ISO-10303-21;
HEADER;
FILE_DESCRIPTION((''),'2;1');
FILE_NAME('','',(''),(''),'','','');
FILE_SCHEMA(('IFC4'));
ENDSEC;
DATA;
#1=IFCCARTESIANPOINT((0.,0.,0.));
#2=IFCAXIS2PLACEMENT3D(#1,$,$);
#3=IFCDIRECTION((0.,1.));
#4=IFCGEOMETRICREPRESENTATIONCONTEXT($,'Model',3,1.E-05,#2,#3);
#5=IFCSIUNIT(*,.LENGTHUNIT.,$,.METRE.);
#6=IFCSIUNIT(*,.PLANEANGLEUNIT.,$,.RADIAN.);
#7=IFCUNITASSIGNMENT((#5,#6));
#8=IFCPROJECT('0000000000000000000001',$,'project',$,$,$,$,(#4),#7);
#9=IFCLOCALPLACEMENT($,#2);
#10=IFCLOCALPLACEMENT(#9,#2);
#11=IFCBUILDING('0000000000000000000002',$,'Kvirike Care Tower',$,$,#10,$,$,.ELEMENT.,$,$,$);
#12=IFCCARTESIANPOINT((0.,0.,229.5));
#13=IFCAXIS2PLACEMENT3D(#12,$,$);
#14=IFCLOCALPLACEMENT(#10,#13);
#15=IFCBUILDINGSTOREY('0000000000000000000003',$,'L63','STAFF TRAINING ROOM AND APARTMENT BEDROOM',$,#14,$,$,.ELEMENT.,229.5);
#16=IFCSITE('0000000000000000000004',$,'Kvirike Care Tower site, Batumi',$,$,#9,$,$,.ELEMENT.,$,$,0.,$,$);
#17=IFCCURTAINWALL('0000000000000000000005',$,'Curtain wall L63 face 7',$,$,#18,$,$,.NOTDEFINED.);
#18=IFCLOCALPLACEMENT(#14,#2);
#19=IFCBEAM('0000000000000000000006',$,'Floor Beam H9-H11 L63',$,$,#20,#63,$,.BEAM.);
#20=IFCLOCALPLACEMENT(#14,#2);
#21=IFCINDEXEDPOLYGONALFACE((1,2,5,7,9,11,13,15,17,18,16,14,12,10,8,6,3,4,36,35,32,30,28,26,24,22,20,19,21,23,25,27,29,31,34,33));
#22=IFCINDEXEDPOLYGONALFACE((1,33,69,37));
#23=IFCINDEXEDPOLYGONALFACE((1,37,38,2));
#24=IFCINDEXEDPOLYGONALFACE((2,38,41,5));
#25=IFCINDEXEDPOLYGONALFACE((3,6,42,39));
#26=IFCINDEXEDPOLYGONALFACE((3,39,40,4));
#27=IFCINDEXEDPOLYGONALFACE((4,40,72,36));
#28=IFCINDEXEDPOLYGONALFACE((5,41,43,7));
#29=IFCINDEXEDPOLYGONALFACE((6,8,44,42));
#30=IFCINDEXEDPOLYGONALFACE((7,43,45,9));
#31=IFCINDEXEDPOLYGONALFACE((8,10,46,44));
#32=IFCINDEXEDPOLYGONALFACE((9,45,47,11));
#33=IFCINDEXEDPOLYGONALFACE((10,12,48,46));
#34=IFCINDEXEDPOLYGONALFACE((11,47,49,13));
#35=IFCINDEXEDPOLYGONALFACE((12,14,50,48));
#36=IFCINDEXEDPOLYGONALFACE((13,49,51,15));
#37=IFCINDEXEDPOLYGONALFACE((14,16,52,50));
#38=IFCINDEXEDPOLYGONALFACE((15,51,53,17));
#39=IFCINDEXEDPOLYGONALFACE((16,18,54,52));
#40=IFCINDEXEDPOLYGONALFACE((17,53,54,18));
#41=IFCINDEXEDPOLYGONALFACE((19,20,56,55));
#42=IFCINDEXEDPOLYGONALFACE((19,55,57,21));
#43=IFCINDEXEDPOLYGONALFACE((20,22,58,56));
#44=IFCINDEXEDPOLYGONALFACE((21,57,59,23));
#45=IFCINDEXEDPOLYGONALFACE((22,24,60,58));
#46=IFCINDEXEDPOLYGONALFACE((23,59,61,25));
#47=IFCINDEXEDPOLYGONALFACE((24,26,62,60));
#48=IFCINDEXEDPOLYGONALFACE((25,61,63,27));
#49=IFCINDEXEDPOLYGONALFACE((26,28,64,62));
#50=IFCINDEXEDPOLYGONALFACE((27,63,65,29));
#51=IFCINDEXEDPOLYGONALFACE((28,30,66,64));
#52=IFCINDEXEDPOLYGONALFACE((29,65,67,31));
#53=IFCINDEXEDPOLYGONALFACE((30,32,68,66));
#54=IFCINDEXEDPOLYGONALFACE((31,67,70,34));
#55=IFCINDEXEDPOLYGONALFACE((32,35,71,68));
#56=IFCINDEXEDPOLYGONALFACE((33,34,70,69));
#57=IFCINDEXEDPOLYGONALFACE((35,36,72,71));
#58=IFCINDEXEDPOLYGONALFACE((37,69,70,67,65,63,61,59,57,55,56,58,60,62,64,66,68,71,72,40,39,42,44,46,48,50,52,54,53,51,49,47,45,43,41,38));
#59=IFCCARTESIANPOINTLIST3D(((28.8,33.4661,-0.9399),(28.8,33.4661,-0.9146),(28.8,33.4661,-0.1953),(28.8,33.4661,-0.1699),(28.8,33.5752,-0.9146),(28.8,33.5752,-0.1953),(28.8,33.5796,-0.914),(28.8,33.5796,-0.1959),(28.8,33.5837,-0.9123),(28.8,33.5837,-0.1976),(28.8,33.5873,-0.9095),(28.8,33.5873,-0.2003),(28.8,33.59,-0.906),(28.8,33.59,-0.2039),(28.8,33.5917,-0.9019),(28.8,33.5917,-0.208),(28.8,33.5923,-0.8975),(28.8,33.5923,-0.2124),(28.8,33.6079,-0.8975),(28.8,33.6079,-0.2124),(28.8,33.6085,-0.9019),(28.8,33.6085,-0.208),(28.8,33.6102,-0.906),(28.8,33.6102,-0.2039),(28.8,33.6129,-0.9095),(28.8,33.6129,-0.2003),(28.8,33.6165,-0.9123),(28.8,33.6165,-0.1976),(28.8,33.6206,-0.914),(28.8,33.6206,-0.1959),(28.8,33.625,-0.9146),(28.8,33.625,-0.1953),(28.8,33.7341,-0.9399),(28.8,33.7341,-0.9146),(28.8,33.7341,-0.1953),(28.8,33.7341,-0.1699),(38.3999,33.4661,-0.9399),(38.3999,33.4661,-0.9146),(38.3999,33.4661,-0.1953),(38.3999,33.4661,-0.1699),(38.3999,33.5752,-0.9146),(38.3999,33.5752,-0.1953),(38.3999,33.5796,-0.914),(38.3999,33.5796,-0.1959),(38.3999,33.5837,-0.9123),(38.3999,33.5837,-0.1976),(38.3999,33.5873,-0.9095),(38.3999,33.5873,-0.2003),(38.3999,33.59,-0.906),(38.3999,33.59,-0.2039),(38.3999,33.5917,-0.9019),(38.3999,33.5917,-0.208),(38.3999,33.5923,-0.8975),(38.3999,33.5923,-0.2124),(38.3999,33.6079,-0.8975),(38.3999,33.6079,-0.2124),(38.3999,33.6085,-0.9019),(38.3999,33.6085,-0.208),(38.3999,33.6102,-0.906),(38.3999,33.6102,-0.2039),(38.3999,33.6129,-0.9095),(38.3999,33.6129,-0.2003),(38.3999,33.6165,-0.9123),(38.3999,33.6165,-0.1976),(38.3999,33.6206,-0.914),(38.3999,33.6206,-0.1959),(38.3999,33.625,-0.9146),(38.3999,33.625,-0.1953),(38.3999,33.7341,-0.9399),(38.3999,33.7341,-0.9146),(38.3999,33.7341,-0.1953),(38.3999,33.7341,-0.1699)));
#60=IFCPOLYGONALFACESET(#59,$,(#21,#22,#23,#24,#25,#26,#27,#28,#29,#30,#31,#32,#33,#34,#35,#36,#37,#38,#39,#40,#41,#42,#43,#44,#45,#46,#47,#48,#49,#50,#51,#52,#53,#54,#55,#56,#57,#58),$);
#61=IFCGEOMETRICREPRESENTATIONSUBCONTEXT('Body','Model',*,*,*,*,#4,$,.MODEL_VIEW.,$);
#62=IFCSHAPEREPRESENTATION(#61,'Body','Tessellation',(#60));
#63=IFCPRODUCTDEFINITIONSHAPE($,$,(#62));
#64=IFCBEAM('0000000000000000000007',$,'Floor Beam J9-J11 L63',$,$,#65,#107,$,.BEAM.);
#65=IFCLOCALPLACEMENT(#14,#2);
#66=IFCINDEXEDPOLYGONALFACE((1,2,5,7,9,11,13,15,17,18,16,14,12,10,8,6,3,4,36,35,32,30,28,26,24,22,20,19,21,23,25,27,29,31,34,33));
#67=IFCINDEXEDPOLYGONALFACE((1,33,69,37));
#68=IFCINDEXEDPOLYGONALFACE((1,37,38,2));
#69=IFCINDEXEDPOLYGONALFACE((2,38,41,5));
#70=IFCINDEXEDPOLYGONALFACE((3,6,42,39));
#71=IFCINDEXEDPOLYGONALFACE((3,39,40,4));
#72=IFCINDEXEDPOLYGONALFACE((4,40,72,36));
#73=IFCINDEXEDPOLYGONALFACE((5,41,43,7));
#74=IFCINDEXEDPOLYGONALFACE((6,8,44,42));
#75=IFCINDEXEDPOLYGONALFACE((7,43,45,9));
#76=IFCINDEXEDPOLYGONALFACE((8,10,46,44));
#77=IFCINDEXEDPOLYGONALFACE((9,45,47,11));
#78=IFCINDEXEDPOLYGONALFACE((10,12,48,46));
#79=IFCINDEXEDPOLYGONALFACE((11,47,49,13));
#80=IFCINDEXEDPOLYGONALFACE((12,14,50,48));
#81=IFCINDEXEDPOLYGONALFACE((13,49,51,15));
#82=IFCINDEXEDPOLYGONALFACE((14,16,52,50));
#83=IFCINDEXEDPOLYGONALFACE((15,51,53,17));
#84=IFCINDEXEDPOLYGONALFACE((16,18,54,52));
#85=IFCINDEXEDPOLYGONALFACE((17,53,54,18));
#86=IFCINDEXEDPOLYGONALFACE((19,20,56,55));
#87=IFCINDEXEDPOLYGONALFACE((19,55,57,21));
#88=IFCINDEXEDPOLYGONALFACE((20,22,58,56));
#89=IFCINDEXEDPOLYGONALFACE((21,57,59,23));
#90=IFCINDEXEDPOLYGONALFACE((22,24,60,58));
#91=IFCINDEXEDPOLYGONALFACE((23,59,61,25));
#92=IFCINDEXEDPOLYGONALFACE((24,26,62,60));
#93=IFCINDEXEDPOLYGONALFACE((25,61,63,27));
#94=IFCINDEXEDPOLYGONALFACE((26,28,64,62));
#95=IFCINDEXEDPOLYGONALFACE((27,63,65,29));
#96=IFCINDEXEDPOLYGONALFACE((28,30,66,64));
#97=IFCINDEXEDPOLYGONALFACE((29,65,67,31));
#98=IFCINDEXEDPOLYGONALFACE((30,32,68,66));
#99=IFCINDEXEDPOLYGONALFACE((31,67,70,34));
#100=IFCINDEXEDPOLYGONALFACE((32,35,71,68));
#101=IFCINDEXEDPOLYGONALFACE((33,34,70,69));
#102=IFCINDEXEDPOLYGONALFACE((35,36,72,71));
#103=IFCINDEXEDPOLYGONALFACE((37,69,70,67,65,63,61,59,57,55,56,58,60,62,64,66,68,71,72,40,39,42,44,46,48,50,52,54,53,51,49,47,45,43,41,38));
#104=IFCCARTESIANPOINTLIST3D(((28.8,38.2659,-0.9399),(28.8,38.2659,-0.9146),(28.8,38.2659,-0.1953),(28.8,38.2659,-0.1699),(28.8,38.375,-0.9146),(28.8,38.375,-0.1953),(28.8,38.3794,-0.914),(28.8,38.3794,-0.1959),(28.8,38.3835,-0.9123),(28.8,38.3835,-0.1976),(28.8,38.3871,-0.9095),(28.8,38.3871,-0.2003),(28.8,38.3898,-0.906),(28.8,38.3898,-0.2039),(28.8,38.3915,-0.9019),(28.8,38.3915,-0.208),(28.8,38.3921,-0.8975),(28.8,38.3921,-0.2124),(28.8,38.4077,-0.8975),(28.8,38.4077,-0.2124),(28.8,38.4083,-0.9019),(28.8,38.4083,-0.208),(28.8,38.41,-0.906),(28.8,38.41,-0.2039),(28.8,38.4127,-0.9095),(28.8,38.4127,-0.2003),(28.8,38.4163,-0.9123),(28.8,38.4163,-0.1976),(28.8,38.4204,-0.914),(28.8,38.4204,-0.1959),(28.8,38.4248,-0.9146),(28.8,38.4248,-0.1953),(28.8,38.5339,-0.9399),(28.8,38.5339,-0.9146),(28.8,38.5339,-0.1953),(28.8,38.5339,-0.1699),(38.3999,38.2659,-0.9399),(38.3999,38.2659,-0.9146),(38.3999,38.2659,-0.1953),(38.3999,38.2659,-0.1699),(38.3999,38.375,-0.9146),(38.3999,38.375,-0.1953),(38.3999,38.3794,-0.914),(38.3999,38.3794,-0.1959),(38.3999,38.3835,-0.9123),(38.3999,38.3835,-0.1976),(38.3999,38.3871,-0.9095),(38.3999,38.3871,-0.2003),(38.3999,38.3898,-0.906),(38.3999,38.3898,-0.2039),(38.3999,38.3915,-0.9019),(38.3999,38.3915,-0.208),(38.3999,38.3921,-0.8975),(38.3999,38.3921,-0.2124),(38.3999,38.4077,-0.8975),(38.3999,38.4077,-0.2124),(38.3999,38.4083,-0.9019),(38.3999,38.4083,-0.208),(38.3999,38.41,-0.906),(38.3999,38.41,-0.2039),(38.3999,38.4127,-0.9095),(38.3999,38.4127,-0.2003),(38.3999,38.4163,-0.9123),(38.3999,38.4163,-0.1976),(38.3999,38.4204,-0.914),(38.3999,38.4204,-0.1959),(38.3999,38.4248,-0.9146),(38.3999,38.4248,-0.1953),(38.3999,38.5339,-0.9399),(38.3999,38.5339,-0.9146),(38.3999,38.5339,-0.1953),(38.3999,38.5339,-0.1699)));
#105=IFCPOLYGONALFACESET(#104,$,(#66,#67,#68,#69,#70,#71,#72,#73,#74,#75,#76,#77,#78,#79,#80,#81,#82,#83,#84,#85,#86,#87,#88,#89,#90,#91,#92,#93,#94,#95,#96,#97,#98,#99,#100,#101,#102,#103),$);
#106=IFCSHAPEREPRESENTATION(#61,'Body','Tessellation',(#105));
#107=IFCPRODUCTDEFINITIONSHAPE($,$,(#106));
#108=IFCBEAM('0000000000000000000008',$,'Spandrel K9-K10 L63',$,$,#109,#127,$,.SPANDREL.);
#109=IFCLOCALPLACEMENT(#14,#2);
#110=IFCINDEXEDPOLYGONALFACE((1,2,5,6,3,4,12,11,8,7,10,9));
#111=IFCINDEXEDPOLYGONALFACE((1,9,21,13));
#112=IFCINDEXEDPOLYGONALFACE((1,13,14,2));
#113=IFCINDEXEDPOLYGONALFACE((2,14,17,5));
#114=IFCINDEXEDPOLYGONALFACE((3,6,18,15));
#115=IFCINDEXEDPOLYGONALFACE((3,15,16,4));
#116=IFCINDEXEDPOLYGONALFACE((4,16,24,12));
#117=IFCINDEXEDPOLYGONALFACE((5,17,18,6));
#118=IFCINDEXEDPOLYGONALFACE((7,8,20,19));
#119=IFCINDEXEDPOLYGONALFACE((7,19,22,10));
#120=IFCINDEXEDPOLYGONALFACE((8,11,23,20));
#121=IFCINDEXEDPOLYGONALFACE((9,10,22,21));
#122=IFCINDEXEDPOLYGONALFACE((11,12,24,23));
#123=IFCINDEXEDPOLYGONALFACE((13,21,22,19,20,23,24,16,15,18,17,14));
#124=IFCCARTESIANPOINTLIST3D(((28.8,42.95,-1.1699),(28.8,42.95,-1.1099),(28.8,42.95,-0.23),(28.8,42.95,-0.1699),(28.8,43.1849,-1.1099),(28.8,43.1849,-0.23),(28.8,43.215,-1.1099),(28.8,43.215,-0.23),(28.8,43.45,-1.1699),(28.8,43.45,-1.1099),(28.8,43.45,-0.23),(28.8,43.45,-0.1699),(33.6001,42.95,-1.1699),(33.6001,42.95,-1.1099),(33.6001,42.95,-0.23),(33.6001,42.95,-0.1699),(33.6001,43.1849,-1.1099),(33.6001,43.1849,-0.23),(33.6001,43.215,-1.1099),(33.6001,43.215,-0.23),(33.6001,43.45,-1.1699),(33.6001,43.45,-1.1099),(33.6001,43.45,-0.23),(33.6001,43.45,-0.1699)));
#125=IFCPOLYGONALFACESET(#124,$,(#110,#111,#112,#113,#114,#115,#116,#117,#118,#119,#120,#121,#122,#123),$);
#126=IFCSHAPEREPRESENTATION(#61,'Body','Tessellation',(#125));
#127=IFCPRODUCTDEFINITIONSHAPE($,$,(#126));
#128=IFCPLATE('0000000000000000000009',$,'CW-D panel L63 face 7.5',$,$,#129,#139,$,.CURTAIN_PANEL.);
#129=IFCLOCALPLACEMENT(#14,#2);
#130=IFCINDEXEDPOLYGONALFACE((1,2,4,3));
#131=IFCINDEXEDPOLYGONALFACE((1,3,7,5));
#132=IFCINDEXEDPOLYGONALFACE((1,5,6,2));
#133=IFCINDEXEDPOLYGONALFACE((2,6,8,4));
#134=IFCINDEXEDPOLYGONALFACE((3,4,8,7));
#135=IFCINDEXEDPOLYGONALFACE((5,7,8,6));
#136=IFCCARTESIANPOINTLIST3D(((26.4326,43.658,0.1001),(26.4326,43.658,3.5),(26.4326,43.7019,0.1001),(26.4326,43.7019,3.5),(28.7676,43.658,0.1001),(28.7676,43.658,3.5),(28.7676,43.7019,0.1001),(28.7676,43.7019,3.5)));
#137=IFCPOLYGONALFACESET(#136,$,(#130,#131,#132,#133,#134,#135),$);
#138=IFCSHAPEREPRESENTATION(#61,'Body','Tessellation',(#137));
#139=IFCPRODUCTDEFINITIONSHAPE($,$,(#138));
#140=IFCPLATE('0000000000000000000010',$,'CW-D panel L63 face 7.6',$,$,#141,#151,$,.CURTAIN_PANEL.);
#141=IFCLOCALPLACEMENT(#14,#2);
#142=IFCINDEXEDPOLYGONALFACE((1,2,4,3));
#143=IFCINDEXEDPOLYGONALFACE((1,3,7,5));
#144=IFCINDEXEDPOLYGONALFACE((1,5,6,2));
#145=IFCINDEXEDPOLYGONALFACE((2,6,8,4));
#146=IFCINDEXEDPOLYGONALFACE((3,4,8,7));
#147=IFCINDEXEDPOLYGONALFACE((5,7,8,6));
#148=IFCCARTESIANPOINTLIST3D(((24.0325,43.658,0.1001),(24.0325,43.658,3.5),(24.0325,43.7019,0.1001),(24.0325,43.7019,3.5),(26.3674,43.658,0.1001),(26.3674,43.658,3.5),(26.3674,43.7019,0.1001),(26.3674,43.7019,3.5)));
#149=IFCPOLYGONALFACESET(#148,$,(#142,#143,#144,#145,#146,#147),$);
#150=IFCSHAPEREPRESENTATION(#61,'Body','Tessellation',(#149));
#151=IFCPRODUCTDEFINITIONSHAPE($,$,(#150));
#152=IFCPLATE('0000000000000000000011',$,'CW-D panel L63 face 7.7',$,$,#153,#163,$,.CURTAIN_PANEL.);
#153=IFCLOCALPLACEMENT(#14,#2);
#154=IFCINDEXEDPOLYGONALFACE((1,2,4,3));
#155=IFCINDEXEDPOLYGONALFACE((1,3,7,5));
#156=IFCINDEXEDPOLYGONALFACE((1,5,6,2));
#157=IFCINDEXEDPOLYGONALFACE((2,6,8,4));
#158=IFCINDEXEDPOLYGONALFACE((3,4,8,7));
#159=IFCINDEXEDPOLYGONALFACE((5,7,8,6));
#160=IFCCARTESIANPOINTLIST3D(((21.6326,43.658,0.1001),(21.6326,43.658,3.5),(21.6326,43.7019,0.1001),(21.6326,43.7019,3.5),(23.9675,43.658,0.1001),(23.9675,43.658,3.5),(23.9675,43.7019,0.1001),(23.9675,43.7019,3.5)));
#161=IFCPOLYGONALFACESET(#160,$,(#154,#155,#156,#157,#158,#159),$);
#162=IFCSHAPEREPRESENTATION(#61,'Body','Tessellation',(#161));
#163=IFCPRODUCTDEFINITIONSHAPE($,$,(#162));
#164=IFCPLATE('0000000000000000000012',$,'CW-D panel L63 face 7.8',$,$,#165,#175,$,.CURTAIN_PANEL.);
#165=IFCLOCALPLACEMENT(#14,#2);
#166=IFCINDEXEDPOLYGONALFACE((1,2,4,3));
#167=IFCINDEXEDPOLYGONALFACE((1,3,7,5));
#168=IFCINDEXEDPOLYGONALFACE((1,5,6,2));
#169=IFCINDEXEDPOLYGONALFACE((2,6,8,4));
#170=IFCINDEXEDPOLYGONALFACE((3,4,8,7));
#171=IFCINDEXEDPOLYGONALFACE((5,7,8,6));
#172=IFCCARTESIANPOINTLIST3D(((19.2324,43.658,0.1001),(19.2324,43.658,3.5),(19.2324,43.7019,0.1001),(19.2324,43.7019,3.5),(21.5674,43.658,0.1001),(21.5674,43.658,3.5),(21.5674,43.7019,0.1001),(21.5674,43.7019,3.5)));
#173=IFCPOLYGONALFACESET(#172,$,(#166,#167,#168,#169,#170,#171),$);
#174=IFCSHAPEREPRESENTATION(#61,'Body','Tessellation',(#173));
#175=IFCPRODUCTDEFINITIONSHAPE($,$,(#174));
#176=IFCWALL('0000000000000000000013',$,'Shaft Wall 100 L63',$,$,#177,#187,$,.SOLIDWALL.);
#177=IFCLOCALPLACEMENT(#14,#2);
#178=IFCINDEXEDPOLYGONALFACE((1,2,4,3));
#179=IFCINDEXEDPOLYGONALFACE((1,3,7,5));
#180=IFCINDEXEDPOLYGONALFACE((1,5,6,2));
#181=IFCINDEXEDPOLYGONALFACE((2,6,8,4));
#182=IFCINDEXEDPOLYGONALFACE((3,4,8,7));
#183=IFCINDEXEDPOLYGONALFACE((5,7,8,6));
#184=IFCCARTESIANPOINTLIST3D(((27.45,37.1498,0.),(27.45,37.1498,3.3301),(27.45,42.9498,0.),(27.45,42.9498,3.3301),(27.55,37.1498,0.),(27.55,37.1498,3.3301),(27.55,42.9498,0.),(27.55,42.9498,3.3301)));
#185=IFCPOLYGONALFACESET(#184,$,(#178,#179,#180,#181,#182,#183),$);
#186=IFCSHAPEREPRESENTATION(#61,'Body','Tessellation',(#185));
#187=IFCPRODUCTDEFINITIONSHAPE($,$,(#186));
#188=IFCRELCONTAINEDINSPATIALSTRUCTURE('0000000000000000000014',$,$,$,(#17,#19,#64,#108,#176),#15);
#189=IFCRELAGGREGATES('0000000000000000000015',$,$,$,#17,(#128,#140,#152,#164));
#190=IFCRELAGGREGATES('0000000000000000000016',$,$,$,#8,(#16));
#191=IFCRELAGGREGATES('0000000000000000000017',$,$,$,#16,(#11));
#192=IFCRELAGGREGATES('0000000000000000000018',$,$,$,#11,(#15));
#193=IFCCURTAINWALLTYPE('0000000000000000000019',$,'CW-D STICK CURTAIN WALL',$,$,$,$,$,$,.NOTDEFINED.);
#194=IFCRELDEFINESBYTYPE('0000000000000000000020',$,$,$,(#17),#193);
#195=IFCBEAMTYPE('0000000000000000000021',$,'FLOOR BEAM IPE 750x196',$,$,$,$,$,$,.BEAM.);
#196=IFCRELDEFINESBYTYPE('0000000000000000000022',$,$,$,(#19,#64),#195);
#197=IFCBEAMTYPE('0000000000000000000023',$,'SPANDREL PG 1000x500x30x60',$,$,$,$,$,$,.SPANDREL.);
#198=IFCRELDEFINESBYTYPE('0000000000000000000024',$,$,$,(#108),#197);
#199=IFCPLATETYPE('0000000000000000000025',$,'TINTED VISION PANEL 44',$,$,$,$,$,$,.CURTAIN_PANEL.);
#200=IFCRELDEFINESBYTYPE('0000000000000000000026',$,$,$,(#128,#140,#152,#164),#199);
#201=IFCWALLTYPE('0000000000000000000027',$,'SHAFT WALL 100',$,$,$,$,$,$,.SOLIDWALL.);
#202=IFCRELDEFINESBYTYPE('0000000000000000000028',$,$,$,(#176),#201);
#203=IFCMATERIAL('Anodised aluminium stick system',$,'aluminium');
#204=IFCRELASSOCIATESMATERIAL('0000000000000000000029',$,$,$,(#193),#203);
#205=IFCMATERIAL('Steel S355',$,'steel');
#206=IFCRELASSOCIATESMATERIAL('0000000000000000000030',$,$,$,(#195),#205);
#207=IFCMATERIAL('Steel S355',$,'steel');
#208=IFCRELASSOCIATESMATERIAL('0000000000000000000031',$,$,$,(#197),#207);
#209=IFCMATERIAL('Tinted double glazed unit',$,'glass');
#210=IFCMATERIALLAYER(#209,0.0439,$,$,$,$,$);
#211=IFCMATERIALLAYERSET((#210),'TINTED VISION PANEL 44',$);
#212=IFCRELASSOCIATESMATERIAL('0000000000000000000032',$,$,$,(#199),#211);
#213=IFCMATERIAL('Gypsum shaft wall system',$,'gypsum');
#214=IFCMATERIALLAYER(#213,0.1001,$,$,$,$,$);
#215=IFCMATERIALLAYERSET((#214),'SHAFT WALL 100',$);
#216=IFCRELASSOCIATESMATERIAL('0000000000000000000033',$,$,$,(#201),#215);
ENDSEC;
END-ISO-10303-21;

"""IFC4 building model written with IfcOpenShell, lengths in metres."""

from ifc_helpers import new_model, si_unit, direction, frame, frame_2d, origin, origin_2d, place, context, subcontext, project, spatial, rectangle, i_section, extrude, material, layer, layer_set, material_profile, profile_set, type_object, element, aggregate, save


model = new_model("IFC4")

# Units and contexts
model_context = context("Model", 3, precision=1e-05, world=origin(), true_north=direction((0.0, 1.0)))
body_context = subcontext(model_context, "Body", "Model", "MODEL_VIEW")
ifc_project = project(units=[si_unit("LENGTHUNIT", "METRE"), si_unit("PLANEANGLEUNIT", "RADIAN")], contexts=[model_context])

# Site, building, storey
site_placement = place(None, origin())
site = spatial("IfcSite", under=ifc_project, at=site_placement, Name="Kvirike Care Tower site, Batumi", CompositionType="ELEMENT", RefElevation=0.0)
building_placement = place(site_placement, origin())
building = spatial("IfcBuilding", under=site, at=building_placement, Name="Kvirike Care Tower", CompositionType="ELEMENT")
storey_placement = place(building_placement, frame((0.0, 0.0, 229.5)))
storey = spatial("IfcBuildingStorey", under=building, at=storey_placement, Name="L63", Description="STAFF TRAINING ROOM AND APARTMENT BEDROOM", CompositionType="ELEMENT", Elevation=229.5)

# Curtain wall
ifc_material_1 = material(Name="Anodised aluminium stick system", Category="aluminium")
curtain_wall_type = type_object("IfcCurtainWallType", Name="CW-D STICK CURTAIN WALL", PredefinedType="NOTDEFINED", material=ifc_material_1)
curtain_wall_placement = place(storey_placement, origin())
curtain_wall = element("IfcCurtainWall", 1, at=curtain_wall_placement, inside=storey, type_object=curtain_wall_type, Name="Curtain wall L63 face 7", PredefinedType="NOTDEFINED")

# Beams
ifc_material_2 = material(Name="Steel S355", Category="steel")
ifc_material_profile_1 = material_profile(ifc_material_2, i_section(OverallWidth=0.2681, OverallDepth=0.77, WebThickness=0.0156, FlangeThickness=0.0254, FilletRadius=0.0171, at=origin_2d()), Name="IPE 750x196")
ifc_profile_set_1 = profile_set([ifc_material_profile_1], Name="Steel S355")
beam_type_1 = type_object("IfcBeamType", Name="FLOOR BEAM IPE 750x196", PredefinedType="BEAM", material=ifc_profile_set_1)
for number, where, z_axis, x_axis, name in (
    (2, (28.8, 33.6001, -0.5549), (1.0, 0.0, 0.0), (0.0, 1.0, 0.0), "Floor Beam H9-H11 L63"),
    (3, (28.8, 38.3999, -0.5549), (1.0, 0.0, 0.0), (0.0, 1.0, 0.0), "Floor Beam J9-J11 L63"),
):
    element("IfcBeam", number, at=place(storey_placement, frame(where, z_axis=z_axis, x_axis=x_axis)), inside=storey, type_object=beam_type_1, Name=name, PredefinedType="BEAM", context=body_context, shape_type="SweptSolid", body=[
        extrude(i_section(OverallWidth=0.2681, OverallDepth=0.77, WebThickness=0.0156, FlangeThickness=0.0254, FilletRadius=0.0171, at=origin_2d()), origin(), (0.0, 0.0, 1.0), 9.5999),
    ])
ifc_material_3 = material(Name="Steel S355", Category="steel")
ifc_material_profile_2 = material_profile(ifc_material_3, i_section(OverallWidth=0.5, OverallDepth=1.0, WebThickness=0.03, FlangeThickness=0.0601, at=origin_2d()), Name="PG 1000x500x30x60")
ifc_profile_set_2 = profile_set([ifc_material_profile_2], Name="Steel S355")
beam_type_2 = type_object("IfcBeamType", Name="SPANDREL PG 1000x500x30x60", PredefinedType="SPANDREL", material=ifc_profile_set_2)
beam_placement = place(storey_placement, frame((28.8, 43.2, -0.6699), z_axis=(1.0, 0.0, 0.0), x_axis=(0.0, 1.0, 0.0)))
element("IfcBeam", 4, at=beam_placement, inside=storey, type_object=beam_type_2, Name="Spandrel K9-K10 L63", PredefinedType="SPANDREL", context=body_context, shape_type="SweptSolid", body=[
    extrude(i_section(OverallWidth=0.5, OverallDepth=1.0, WebThickness=0.03, FlangeThickness=0.0601, at=origin_2d()), origin(), (0.0, 0.0, 1.0), 4.8),
])

# Plates
ifc_material_4 = material(Name="Tinted double glazed unit", Category="glass")
ifc_layer_1 = layer(ifc_material_4, 0.0439)
ifc_layer_set_1 = layer_set([ifc_layer_1], Name="TINTED VISION PANEL 44")
plate_type = type_object("IfcPlateType", Name="TINTED VISION PANEL 44", PredefinedType="CURTAIN_PANEL", material=ifc_layer_set_1)
plate_1_placement = place(storey_placement, frame((27.6001, 43.6799, 0.1001), z_axis=(0.0, 0.0, 1.0), x_axis=(-1.0, 0.0, 0.0)))
plate_1 = element("IfcPlate", 5, at=plate_1_placement, type_object=plate_type, Name="CW-D panel L63 face 7.5", PredefinedType="CURTAIN_PANEL", context=body_context, shape_type="SweptSolid", body=[
    extrude(rectangle(XDim=2.335, YDim=0.0439, at=origin_2d()), origin(), (0.0, 0.0, 1.0), 3.3999),
])
plate_2_placement = place(storey_placement, frame((25.2, 43.6799, 0.1001), z_axis=(0.0, 0.0, 1.0), x_axis=(-1.0, 0.0, 0.0)))
plate_2 = element("IfcPlate", 6, at=plate_2_placement, type_object=plate_type, Name="CW-D panel L63 face 7.6", PredefinedType="CURTAIN_PANEL", context=body_context, shape_type="SweptSolid", body=[
    extrude(rectangle(XDim=2.335, YDim=0.0439, at=origin_2d()), origin(), (0.0, 0.0, 1.0), 3.3999),
])
plate_3_placement = place(storey_placement, frame((22.8, 43.6799, 0.1001), z_axis=(0.0, 0.0, 1.0), x_axis=(-1.0, 0.0, 0.0)))
plate_3 = element("IfcPlate", 7, at=plate_3_placement, type_object=plate_type, Name="CW-D panel L63 face 7.7", PredefinedType="CURTAIN_PANEL", context=body_context, shape_type="SweptSolid", body=[
    extrude(rectangle(XDim=2.335, YDim=0.0439, at=origin_2d()), origin(), (0.0, 0.0, 1.0), 3.3999),
])
plate_4_placement = place(storey_placement, frame((20.3999, 43.6799, 0.1001), z_axis=(0.0, 0.0, 1.0), x_axis=(-1.0, 0.0, 0.0)))
plate_4 = element("IfcPlate", 8, at=plate_4_placement, type_object=plate_type, Name="CW-D panel L63 face 7.8", PredefinedType="CURTAIN_PANEL", context=body_context, shape_type="SweptSolid", body=[
    extrude(rectangle(XDim=2.335, YDim=0.0439, at=origin_2d()), origin(), (0.0, 0.0, 1.0), 3.3999),
])
aggregate(curtain_wall, [plate_1, plate_2, plate_3, plate_4])

# Wall
ifc_material_5 = material(Name="Gypsum shaft wall system", Category="gypsum")
ifc_layer_2 = layer(ifc_material_5, 0.1001)
ifc_layer_set_2 = layer_set([ifc_layer_2], Name="SHAFT WALL 100")
wall_type = type_object("IfcWallType", Name="SHAFT WALL 100", PredefinedType="SOLIDWALL", material=ifc_layer_set_2)
wall_1_placement = place(storey_placement, frame((27.5, 37.1499, 0.0), z_axis=(0.0, 0.0, 1.0), x_axis=(0.0, 1.0, 0.0)))
element("IfcWall", 9, at=wall_1_placement, inside=storey, type_object=wall_type, Name="Shaft Wall 100 L63", PredefinedType="SOLIDWALL", context=body_context, shape_type="SweptSolid", body=[
    extrude(rectangle(XDim=5.8, YDim=0.1001, at=frame_2d((2.8999, 0.0))), origin(), (0.0, 0.0, 1.0), 3.3301),
])

save(model, "model.ifc")
